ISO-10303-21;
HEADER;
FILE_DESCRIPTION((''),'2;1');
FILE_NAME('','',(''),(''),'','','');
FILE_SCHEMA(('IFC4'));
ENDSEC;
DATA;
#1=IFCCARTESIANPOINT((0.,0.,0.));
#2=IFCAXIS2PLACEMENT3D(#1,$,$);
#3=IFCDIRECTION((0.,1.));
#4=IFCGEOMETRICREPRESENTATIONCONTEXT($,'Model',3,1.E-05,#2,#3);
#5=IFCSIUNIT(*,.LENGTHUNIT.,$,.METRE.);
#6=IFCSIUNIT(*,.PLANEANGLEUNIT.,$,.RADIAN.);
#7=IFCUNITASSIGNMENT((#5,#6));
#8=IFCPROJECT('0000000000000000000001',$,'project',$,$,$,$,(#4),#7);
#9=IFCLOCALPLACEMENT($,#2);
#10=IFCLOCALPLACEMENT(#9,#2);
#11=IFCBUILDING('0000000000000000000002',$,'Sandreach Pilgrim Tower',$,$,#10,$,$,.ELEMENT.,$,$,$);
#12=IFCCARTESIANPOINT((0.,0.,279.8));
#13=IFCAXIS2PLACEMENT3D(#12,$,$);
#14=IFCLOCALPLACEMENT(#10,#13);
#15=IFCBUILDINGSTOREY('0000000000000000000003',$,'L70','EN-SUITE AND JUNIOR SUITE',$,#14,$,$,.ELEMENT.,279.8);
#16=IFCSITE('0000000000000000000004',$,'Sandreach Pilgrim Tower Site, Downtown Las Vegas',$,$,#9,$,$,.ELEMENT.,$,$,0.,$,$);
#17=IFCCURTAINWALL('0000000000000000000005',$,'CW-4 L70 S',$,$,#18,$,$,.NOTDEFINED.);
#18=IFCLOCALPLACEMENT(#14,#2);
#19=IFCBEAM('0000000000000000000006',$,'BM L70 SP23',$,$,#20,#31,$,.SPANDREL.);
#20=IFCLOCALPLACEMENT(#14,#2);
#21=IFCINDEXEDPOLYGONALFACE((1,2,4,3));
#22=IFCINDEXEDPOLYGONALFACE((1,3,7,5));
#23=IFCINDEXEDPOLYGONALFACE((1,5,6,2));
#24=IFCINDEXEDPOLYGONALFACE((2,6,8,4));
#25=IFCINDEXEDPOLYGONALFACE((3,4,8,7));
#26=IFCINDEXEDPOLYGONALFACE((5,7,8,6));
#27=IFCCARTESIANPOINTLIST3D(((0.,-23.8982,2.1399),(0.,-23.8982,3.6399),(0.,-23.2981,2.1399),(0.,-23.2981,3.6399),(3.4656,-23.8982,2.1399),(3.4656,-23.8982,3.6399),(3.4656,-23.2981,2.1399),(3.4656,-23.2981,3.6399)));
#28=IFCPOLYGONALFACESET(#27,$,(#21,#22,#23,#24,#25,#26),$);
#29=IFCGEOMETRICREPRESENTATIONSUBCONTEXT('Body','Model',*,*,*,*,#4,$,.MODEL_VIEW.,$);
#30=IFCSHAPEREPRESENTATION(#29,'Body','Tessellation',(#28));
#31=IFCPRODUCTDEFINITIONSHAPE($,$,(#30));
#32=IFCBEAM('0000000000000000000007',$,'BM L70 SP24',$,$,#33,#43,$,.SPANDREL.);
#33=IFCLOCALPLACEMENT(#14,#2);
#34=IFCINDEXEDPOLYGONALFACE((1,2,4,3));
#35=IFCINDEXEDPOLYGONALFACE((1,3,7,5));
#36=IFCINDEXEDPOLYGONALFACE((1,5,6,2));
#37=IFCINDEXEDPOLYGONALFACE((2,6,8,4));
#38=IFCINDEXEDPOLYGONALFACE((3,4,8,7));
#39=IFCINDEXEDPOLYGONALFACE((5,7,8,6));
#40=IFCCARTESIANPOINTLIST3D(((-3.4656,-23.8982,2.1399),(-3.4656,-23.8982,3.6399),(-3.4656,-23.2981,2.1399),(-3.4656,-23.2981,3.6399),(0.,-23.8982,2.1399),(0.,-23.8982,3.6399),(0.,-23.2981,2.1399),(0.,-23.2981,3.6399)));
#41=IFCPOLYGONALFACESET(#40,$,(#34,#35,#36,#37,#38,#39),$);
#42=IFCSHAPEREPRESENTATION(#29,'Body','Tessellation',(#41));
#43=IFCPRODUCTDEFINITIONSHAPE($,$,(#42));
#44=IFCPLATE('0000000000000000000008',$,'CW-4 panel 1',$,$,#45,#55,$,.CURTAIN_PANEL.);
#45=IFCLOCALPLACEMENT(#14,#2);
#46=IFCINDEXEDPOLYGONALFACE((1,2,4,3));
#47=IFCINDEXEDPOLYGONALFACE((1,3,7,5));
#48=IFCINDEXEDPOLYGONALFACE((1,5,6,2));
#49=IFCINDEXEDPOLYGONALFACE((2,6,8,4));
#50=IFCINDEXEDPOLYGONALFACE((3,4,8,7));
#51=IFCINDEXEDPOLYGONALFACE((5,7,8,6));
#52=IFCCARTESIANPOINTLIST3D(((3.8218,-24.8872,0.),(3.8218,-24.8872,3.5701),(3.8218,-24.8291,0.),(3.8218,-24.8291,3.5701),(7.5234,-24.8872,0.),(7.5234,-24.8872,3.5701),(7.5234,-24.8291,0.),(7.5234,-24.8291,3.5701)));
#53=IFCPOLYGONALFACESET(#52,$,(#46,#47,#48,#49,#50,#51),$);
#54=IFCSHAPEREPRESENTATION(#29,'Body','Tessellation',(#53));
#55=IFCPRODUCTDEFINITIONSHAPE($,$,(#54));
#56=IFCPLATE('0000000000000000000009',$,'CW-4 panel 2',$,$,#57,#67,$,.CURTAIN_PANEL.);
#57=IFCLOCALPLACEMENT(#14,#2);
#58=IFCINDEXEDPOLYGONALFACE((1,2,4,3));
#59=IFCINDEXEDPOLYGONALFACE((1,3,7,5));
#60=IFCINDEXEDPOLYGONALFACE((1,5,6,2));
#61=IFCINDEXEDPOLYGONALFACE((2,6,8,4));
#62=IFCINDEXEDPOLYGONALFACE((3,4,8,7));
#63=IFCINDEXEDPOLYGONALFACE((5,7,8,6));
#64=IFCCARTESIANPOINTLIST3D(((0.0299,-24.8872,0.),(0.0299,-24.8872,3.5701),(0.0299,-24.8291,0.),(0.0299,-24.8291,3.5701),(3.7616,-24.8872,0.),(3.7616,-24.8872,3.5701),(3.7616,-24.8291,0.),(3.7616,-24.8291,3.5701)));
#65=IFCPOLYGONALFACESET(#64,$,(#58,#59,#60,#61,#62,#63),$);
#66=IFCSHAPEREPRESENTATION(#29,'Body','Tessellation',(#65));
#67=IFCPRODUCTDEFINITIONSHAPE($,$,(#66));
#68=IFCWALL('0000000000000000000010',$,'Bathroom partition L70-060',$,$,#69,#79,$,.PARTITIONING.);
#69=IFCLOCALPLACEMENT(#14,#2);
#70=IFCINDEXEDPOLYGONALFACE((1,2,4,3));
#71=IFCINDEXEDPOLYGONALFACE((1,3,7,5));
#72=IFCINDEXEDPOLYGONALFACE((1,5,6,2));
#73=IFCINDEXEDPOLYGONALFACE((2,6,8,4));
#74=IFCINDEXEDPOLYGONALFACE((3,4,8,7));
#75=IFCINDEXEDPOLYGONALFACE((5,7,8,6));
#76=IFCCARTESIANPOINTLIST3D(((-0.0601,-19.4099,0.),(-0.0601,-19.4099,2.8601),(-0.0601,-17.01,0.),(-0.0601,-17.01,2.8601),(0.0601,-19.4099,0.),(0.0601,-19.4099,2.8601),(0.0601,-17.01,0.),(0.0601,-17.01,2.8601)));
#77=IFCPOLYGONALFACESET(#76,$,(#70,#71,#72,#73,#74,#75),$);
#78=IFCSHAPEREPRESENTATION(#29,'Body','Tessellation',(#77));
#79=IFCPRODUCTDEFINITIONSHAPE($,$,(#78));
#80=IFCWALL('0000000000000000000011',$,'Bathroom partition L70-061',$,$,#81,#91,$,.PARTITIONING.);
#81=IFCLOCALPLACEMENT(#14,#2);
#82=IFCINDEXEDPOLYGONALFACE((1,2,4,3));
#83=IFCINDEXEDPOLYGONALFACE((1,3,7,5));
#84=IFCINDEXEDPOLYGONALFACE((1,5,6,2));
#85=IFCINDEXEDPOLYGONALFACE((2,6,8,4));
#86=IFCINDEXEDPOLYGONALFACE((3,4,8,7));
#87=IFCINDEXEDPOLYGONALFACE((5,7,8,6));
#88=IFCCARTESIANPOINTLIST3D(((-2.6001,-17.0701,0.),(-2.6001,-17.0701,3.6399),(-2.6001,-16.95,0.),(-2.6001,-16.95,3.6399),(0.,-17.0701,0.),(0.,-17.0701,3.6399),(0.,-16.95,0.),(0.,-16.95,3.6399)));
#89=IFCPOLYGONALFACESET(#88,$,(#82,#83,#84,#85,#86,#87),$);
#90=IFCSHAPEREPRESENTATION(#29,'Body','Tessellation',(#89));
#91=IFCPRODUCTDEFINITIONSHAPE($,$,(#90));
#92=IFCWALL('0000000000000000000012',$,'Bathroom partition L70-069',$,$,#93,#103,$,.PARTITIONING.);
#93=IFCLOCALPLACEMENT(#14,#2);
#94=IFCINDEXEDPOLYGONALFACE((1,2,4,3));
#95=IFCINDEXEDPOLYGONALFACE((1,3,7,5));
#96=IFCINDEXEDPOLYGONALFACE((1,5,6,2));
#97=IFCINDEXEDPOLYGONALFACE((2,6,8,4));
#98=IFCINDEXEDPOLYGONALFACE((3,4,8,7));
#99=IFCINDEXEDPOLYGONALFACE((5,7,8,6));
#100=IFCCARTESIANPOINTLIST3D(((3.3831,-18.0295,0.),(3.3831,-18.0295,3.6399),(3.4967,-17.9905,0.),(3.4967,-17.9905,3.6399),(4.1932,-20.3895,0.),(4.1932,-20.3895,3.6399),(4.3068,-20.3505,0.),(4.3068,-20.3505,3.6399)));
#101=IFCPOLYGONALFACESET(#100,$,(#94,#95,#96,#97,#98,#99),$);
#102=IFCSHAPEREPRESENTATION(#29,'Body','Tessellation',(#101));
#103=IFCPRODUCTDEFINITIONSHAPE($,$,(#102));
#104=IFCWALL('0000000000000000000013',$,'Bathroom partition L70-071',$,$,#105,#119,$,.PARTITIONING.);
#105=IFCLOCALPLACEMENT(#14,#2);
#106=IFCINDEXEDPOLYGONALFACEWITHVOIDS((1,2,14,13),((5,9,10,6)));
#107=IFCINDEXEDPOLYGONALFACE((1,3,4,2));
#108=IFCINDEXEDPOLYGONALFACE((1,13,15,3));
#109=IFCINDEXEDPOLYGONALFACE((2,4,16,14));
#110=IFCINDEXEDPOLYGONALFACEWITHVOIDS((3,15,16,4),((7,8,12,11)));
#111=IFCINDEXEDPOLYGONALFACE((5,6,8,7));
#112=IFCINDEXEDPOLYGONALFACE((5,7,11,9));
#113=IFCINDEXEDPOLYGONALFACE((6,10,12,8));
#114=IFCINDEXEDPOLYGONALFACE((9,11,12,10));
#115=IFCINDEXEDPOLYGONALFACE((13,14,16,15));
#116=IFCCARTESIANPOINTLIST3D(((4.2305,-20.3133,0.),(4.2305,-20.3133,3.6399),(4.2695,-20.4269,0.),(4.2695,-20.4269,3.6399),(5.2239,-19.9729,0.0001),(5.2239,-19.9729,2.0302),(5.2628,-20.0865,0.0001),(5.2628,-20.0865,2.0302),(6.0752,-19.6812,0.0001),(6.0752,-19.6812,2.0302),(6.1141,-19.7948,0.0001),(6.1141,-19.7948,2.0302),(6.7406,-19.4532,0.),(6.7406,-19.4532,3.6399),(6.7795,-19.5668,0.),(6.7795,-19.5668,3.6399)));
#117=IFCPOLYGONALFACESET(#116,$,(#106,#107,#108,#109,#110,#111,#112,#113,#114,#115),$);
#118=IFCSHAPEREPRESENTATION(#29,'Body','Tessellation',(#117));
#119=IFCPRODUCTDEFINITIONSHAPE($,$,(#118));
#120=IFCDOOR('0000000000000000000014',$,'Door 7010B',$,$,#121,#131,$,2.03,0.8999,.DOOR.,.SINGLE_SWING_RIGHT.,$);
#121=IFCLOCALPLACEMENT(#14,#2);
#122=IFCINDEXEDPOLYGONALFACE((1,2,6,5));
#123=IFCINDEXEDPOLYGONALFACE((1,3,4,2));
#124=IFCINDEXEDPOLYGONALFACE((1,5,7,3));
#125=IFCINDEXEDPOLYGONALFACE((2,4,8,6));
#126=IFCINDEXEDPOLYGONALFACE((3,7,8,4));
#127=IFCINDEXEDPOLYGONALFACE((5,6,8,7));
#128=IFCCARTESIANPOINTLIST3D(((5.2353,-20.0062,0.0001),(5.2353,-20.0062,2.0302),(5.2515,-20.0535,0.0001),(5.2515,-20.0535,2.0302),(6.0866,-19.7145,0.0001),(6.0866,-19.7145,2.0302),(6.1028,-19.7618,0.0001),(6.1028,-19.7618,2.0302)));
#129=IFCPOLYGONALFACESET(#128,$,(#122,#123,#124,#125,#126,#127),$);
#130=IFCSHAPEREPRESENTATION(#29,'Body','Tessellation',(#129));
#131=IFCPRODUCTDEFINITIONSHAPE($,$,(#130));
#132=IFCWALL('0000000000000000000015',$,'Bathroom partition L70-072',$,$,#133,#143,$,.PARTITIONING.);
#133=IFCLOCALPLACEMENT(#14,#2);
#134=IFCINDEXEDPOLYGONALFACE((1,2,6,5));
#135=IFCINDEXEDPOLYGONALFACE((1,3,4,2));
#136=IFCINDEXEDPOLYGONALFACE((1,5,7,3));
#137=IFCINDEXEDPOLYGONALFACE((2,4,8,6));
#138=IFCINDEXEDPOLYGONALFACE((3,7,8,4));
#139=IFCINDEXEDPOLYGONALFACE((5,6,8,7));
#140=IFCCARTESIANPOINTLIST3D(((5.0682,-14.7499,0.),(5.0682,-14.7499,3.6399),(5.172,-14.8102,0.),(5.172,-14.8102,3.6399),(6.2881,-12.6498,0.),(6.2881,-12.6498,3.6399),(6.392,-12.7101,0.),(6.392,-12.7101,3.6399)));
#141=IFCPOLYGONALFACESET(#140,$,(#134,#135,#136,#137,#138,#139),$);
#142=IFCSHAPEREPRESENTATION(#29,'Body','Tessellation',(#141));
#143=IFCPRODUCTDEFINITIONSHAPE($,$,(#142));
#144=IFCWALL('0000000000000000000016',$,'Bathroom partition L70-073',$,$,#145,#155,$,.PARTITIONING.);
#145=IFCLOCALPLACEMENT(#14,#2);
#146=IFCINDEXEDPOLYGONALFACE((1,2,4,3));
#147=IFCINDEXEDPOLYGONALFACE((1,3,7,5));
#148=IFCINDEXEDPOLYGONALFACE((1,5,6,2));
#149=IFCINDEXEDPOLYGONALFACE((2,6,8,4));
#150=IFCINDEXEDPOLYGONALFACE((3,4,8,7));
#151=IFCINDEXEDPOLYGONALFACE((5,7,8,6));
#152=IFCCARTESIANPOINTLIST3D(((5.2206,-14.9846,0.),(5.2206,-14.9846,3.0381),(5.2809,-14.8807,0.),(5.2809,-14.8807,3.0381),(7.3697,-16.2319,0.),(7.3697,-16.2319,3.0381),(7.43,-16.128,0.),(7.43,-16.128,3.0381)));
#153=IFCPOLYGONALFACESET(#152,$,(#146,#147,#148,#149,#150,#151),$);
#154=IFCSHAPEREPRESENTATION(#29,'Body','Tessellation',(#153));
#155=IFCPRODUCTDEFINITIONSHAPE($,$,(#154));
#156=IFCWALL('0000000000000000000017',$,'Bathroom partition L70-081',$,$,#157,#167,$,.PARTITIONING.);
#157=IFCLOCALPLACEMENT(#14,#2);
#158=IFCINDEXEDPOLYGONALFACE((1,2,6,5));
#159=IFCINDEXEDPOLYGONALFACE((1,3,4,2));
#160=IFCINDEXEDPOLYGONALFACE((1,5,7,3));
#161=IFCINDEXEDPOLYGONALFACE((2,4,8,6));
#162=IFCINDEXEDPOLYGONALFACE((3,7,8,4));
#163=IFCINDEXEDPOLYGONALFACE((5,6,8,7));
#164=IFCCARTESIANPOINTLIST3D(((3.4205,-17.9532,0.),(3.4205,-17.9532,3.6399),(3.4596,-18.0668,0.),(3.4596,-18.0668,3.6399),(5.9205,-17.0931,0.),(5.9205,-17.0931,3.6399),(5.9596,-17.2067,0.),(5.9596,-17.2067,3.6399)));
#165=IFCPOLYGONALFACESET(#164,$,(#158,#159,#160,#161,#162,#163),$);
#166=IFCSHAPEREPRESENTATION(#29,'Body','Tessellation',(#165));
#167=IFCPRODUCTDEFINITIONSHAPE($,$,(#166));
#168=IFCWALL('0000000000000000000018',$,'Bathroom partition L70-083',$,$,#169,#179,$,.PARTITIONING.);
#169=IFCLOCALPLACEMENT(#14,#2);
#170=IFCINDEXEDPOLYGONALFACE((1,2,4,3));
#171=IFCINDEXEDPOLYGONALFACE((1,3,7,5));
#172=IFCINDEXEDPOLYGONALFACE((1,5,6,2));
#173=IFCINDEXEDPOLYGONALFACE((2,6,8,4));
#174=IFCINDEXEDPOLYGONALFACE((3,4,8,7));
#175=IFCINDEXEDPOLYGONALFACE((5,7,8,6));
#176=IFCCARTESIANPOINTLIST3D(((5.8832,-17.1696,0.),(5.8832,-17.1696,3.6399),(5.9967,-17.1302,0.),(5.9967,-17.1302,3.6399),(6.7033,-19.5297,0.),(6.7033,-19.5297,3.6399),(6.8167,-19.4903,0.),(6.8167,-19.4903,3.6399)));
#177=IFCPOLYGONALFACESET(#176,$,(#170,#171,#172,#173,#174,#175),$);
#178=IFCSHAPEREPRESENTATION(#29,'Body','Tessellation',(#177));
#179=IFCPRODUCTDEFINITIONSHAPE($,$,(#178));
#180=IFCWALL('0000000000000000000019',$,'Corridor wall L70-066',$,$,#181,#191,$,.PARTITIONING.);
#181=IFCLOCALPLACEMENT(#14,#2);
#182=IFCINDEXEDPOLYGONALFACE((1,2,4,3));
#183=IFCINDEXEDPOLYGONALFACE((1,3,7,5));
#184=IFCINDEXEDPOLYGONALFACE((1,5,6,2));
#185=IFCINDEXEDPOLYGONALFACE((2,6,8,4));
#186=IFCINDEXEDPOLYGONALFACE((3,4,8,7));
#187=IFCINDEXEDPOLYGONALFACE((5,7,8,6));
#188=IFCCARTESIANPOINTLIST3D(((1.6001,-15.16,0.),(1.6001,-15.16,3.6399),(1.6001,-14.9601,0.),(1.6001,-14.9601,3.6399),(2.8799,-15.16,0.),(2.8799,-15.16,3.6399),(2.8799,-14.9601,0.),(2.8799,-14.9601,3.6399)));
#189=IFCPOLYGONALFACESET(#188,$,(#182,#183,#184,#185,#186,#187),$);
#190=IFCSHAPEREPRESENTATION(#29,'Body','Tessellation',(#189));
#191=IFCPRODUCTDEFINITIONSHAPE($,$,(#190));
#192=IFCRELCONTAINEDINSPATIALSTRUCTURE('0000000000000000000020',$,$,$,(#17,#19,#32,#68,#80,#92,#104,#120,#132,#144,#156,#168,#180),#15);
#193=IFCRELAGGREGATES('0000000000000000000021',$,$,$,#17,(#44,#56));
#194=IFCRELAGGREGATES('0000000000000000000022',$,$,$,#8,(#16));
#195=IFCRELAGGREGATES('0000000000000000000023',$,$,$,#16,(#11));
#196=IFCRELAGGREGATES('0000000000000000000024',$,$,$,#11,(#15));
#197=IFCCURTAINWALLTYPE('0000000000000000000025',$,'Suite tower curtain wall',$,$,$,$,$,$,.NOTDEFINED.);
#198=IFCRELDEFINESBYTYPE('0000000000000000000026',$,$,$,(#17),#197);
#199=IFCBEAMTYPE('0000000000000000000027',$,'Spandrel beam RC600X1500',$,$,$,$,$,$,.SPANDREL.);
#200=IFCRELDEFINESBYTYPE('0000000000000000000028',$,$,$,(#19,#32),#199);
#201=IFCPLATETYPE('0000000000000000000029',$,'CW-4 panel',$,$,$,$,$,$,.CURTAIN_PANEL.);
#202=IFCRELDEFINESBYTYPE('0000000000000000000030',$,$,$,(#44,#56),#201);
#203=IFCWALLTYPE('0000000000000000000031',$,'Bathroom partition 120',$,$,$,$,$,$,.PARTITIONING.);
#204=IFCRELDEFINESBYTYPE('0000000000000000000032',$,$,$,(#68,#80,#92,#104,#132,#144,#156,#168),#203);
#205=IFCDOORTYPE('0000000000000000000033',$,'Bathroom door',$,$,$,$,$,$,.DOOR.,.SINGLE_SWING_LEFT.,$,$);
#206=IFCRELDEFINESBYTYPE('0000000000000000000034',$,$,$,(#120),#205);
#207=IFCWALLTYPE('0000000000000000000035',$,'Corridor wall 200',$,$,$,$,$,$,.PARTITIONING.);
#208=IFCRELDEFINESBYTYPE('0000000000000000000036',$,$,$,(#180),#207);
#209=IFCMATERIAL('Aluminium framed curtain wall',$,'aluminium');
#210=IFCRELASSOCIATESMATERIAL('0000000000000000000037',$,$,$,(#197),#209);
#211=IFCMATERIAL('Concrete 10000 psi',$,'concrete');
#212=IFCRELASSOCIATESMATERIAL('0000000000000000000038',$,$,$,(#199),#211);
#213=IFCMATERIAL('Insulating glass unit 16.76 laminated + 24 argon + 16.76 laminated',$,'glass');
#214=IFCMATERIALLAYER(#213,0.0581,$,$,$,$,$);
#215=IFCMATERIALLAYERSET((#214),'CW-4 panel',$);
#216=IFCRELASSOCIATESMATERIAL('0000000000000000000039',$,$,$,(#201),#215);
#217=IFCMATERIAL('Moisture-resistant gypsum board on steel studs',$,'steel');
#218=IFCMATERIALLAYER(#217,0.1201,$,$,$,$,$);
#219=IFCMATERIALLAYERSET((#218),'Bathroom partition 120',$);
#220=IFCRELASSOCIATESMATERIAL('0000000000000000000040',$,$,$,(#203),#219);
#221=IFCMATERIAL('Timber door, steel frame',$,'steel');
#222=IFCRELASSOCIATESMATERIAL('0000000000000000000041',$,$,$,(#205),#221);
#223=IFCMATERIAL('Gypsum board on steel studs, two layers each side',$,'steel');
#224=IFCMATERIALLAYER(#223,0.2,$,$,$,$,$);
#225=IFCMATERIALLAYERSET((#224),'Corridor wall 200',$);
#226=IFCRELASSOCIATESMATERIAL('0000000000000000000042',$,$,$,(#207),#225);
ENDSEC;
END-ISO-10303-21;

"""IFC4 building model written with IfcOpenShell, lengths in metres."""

from ifc_helpers import new_model, si_unit, direction, frame, frame_2d, origin, origin_2d, place, context, subcontext, project, spatial, rectangle, extrude, material, layer, layer_set, material_profile, profile_set, type_object, element, fill, aggregate, save


model = new_model("IFC4")

# Units and contexts
model_context = context("Model", 3, precision=1e-05, world=origin(), true_north=direction((0.0, 1.0)))
body_context = subcontext(model_context, "Body", "Model", "MODEL_VIEW")
ifc_project = project(units=[si_unit("LENGTHUNIT", "METRE"), si_unit("PLANEANGLEUNIT", "RADIAN")], contexts=[model_context])

# Site, building, storey
site_placement = place(None, origin())
site = spatial("IfcSite", under=ifc_project, at=site_placement, Name="Sandreach Pilgrim Tower Site, Downtown Las Vegas", CompositionType="ELEMENT", RefElevation=0.0)
building_placement = place(site_placement, origin())
building = spatial("IfcBuilding", under=site, at=building_placement, Name="Sandreach Pilgrim Tower", CompositionType="ELEMENT")
storey_placement = place(building_placement, frame((0.0, 0.0, 279.8)))
storey = spatial("IfcBuildingStorey", under=building, at=storey_placement, Name="L70", Description="EN-SUITE AND JUNIOR SUITE", CompositionType="ELEMENT", Elevation=279.8)

# Curtain wall
ifc_material_1 = material(Name="Aluminium framed curtain wall", Category="aluminium")
curtain_wall_type = type_object("IfcCurtainWallType", Name="Suite tower curtain wall", PredefinedType="NOTDEFINED", material=ifc_material_1)
curtain_wall_placement = place(storey_placement, origin())
curtain_wall = element("IfcCurtainWall", 1, at=curtain_wall_placement, inside=storey, type_object=curtain_wall_type, Name="CW-4 L70 S", PredefinedType="NOTDEFINED")

# Beams
ifc_material_2 = material(Name="Concrete 10000 psi", Category="concrete")
ifc_material_profile_1 = material_profile(ifc_material_2, rectangle(XDim=0.6001, YDim=1.5, at=origin_2d()), Name="RC600X1500")
ifc_profile_set_1 = profile_set([ifc_material_profile_1], Name="Concrete 10000 psi")
beam_type_1 = type_object("IfcBeamType", Name="Spandrel beam RC600X1500", PredefinedType="SPANDREL", material=ifc_profile_set_1)
for number, where, z_axis, x_axis, name in (
    (2, (3.4656, -23.5981, 2.8899), (-1.0, 0.0, 0.0), (0.0, -1.0, 0.0), "BM L70 SP23"),
    (3, (0.0, -23.5981, 2.8899), (-1.0, 0.0, 0.0), (0.0, -1.0, 0.0), "BM L70 SP24"),
):
    element("IfcBeam", number, at=place(storey_placement, frame(where, z_axis=z_axis, x_axis=x_axis)), inside=storey, type_object=beam_type_1, Name=name, PredefinedType="SPANDREL", context=body_context, shape_type="SweptSolid", body=[
        extrude(rectangle(XDim=0.6001, YDim=1.5, at=origin_2d()), origin(), (0.0, 0.0, 1.0), 3.4656),
    ])

# Plates
ifc_material_3 = material(Name="Insulating glass unit 16.76 laminated + 24 argon + 16.76 laminated", Category="glass")
ifc_layer_1 = layer(ifc_material_3, 0.0581)
ifc_layer_set_1 = layer_set([ifc_layer_1], Name="CW-4 panel")
plate_type = type_object("IfcPlateType", Name="CW-4 panel", PredefinedType="CURTAIN_PANEL", material=ifc_layer_set_1)
plate_1_placement = place(storey_placement, frame((5.6726, -24.8582, 0.0), z_axis=(0.0, 0.0, 1.0), x_axis=(-1.0, 0.0, 0.0)))
plate_1 = element("IfcPlate", 4, at=plate_1_placement, type_object=plate_type, Name="CW-4 panel 1", PredefinedType="CURTAIN_PANEL", context=body_context, shape_type="SweptSolid", body=[
    extrude(rectangle(XDim=3.7017, YDim=0.0581, at=origin_2d()), origin(), (0.0, 0.0, 1.0), 3.5701),
])
plate_2_placement = place(storey_placement, frame((1.8958, -24.8582, 0.0), z_axis=(0.0, 0.0, 1.0), x_axis=(-1.0, 0.0, 0.0)))
plate_2 = element("IfcPlate", 5, at=plate_2_placement, type_object=plate_type, Name="CW-4 panel 2", PredefinedType="CURTAIN_PANEL", context=body_context, shape_type="SweptSolid", body=[
    extrude(rectangle(XDim=3.7317, YDim=0.0581, at=origin_2d()), origin(), (0.0, 0.0, 1.0), 3.5701),
])
aggregate(curtain_wall, [plate_1, plate_2])

# Walls
ifc_material_4 = material(Name="Moisture-resistant gypsum board on steel studs", Category="steel")
ifc_layer_2 = layer(ifc_material_4, 0.1201)
ifc_layer_set_2 = layer_set([ifc_layer_2], Name="Bathroom partition 120")
wall_type_1 = type_object("IfcWallType", Name="Bathroom partition 120", PredefinedType="PARTITIONING", material=ifc_layer_set_2)
wall_1_placement = place(storey_placement, frame((0.0, -19.4099, 0.0), z_axis=(0.0, 0.0, 1.0), x_axis=(0.0, 1.0, 0.0)))
element("IfcWall", 6, at=wall_1_placement, inside=storey, type_object=wall_type_1, Name="Bathroom partition L70-060", PredefinedType="PARTITIONING", context=body_context, shape_type="SweptSolid", body=[
    extrude(rectangle(XDim=2.3999, YDim=0.1201, at=frame_2d((1.2, 0.0))), origin(), (0.0, 0.0, 1.0), 2.8601),
])
wall_2_placement = place(storey_placement, frame((0.0, -17.01, 0.0), z_axis=(0.0, 0.0, 1.0), x_axis=(-1.0, 0.0, 0.0)))
element("IfcWall", 7, at=wall_2_placement, inside=storey, type_object=wall_type_1, Name="Bathroom partition L70-061", PredefinedType="PARTITIONING", context=body_context, shape_type="SweptSolid", body=[
    extrude(rectangle(XDim=2.6001, YDim=0.1201, at=frame_2d((1.3, 0.0))), origin(), (0.0, 0.0, 1.0), 3.6399),
])
wall_3_placement = place(storey_placement, frame((3.4399, -18.01, 0.0), z_axis=(0.0, 0.0, 1.0), x_axis=(0.32467, -0.945828, 0.0)))
element("IfcWall", 8, at=wall_3_placement, inside=storey, type_object=wall_type_1, Name="Bathroom partition L70-069", PredefinedType="PARTITIONING", context=body_context, shape_type="SweptSolid", body=[
    extrude(rectangle(XDim=2.4951, YDim=0.1201, at=frame_2d((1.2476, 0.0))), origin(), (0.0, 0.0, 1.0), 3.6399),
])

# Wall, opening, door
wall_4_placement = place(storey_placement, frame((4.25, -20.3701, 0.0), z_axis=(0.0, 0.0, 1.0), x_axis=(0.946, 0.324167, 0.0)))
wall_4 = element("IfcWall", 9, at=wall_4_placement, inside=storey, type_object=wall_type_1, Name="Bathroom partition L70-071", PredefinedType="PARTITIONING", context=body_context, shape_type="SweptSolid", body=[
    extrude(rectangle(XDim=2.6533, YDim=0.1201, at=frame_2d((1.3267, 0.0))), origin(), (0.0, 0.0, 1.0), 3.6399),
])
opening_1_placement = place(wall_4_placement, frame((1.05, 0.0, 0.0)))
opening_1 = element("IfcOpeningElement", 10, at=opening_1_placement, cuts=wall_4, PredefinedType="OPENING", context=body_context, shape_type="SweptSolid", body=[
    extrude(rectangle(XDim=0.8999, YDim=2.03, at=frame_2d((0.45, 1.0151))), frame((0.0, 0.0601, 0.0), z_axis=(0.0, -1.0, 0.0), x_axis=(1.0, 0.0, 0.0)), (0.0, 0.0, 1.0), 0.1201),
])
ifc_material_5 = material(Name="Timber door, steel frame", Category="steel")
door_type_1 = type_object("IfcDoorType", Name="Bathroom door", OperationType="SINGLE_SWING_LEFT", PredefinedType="DOOR", material=ifc_material_5)
door_1_placement = place(opening_1_placement, origin())
door_1 = element("IfcDoor", 11, at=door_1_placement, inside=storey, type_object=door_type_1, Name="Door 7010B", OperationType="SINGLE_SWING_RIGHT", OverallHeight=2.03, OverallWidth=0.8999, PredefinedType="DOOR", context=body_context, shape_type="SweptSolid", body=[
    extrude(rectangle(XDim=0.8999, YDim=2.03, at=frame_2d((0.45, 1.0151))), frame((0.0, 0.0249, 0.0), z_axis=(0.0, -1.0, 0.0), x_axis=(1.0, 0.0, 0.0)), (0.0, 0.0, 1.0), 0.05),
])
fill(opening_1, door_1)

# Walls
wall_5_placement = place(storey_placement, frame((5.1201, -14.78, 0.0), z_axis=(0.0, 0.0, 1.0), x_axis=(0.502308, 0.864689, 0.0)))
element("IfcWall", 12, at=wall_5_placement, inside=storey, type_object=wall_type_1, Name="Bathroom partition L70-072", PredefinedType="PARTITIONING", context=body_context, shape_type="SweptSolid", body=[
    extrude(rectangle(XDim=2.4287, YDim=0.1201, at=frame_2d((1.2144, 0.0))), origin(), (0.0, 0.0, 1.0), 3.6399),
])
wall_6_placement = place(storey_placement, frame((5.2507, -14.9326, 0.0), z_axis=(0.0, 0.0, 1.0), x_axis=(0.864892, -0.501958, 0.0)))
element("IfcWall", 13, at=wall_6_placement, inside=storey, type_object=wall_type_1, Name="Bathroom partition L70-073", PredefinedType="PARTITIONING", context=body_context, shape_type="SweptSolid", body=[
    extrude(rectangle(XDim=2.4849, YDim=0.1201, at=frame_2d((1.2424, 0.0))), origin(), (0.0, 0.0, 1.0), 3.0381),
])
wall_7_placement = place(storey_placement, frame((5.9399, -17.1499, 0.0), z_axis=(0.0, 0.0, 1.0), x_axis=(-0.945601, -0.325328, 0.0)))
element("IfcWall", 14, at=wall_7_placement, inside=storey, type_object=wall_type_1, Name="Bathroom partition L70-081", PredefinedType="PARTITIONING", context=body_context, shape_type="SweptSolid", body=[
    extrude(rectangle(XDim=2.6438, YDim=0.1201, at=frame_2d((1.3218, 0.0))), origin(), (0.0, 0.0, 1.0), 3.6399),
])
wall_8_placement = place(storey_placement, frame((5.9399, -17.1499, 0.0), z_axis=(0.0, 0.0, 1.0), x_axis=(0.328221, -0.944601, 0.0)))
element("IfcWall", 15, at=wall_8_placement, inside=storey, type_object=wall_type_1, Name="Bathroom partition L70-083", PredefinedType="PARTITIONING", context=body_context, shape_type="SweptSolid", body=[
    extrude(rectangle(XDim=2.4985, YDim=0.1201, at=frame_2d((1.2493, 0.0))), origin(), (0.0, 0.0, 1.0), 3.6399),
])

# Shared definitions
ifc_material_6 = material(Name="Gypsum board on steel studs, two layers each side", Category="steel")
ifc_layer_3 = layer(ifc_material_6, 0.2)
ifc_layer_set_3 = layer_set([ifc_layer_3], Name="Corridor wall 200")
wall_type_2 = type_object("IfcWallType", Name="Corridor wall 200", PredefinedType="PARTITIONING", material=ifc_layer_set_3)

# Wall
wall_9_placement = place(storey_placement, frame((2.8799, -15.0601, 0.0), z_axis=(0.0, 0.0, 1.0), x_axis=(-1.0, 0.0, 0.0)))
element("IfcWall", 16, at=wall_9_placement, inside=storey, type_object=wall_type_2, Name="Corridor wall L70-066", PredefinedType="PARTITIONING", context=body_context, shape_type="SweptSolid", body=[
    extrude(rectangle(XDim=1.2798, YDim=0.2, at=frame_2d((0.6399, 0.0))), origin(), (0.0, 0.0, 1.0), 3.6399),
])

save(model, "model.ifc")
